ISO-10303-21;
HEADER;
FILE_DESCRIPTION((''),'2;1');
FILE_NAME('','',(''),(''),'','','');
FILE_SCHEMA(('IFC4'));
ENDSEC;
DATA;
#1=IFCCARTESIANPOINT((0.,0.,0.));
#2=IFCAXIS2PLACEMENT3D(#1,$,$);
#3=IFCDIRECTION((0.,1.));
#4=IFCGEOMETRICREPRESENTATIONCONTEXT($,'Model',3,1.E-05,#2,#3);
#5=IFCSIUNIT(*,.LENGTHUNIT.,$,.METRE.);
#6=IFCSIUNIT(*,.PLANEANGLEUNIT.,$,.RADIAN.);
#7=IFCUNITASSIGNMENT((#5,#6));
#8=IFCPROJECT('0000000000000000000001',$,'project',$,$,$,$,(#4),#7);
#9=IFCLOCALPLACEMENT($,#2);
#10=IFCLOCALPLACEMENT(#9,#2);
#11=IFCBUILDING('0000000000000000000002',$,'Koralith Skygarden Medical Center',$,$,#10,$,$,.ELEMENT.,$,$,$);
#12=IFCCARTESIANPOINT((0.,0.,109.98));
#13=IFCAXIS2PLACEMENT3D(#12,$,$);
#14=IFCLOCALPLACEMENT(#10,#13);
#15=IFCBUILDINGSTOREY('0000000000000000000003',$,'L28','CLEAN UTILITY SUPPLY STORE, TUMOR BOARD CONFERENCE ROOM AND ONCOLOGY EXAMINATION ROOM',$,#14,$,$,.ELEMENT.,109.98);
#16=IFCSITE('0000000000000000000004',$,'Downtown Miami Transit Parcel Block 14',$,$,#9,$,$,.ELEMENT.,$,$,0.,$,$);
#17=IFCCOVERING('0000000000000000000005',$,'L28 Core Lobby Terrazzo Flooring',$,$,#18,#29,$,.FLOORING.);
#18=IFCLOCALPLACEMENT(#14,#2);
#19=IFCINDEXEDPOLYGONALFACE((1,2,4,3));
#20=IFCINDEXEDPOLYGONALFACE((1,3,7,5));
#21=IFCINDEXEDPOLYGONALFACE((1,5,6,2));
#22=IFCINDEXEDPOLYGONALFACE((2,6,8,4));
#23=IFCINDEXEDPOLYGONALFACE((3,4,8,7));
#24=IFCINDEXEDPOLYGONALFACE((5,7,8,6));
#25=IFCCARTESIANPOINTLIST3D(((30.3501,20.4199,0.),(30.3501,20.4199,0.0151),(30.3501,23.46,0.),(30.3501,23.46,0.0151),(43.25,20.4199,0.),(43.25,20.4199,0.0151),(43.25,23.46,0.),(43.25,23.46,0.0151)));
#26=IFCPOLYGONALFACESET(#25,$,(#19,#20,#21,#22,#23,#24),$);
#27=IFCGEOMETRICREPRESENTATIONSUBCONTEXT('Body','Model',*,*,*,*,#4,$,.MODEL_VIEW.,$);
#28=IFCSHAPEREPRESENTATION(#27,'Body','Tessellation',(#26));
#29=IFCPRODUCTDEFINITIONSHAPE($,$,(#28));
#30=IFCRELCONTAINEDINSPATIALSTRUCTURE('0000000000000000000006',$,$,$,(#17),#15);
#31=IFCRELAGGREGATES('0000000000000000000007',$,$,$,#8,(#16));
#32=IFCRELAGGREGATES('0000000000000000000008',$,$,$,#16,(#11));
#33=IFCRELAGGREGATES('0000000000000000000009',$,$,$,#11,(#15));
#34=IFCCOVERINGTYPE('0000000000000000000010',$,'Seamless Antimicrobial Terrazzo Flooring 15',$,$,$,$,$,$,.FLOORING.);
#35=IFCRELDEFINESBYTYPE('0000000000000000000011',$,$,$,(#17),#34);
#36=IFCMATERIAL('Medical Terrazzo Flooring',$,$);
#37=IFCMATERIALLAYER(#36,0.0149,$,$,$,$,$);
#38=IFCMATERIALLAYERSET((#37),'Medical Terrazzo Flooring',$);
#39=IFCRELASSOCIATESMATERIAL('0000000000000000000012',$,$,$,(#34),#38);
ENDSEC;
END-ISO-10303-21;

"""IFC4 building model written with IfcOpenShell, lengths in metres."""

from ifc_helpers import new_model, si_unit, direction, frame, origin, place, context, subcontext, project, spatial, polyline, outline, extrude, material, layer, layer_set, type_object, element, save


model = new_model("IFC4")

# Units and contexts
model_context = context("Model", 3, precision=1e-05, world=origin(), true_north=direction((0.0, 1.0)))
body_context = subcontext(model_context, "Body", "Model", "MODEL_VIEW")
ifc_project = project(units=[si_unit("LENGTHUNIT", "METRE"), si_unit("PLANEANGLEUNIT", "RADIAN")], contexts=[model_context])

# Site, building, storey
site_placement = place(None, origin())
site = spatial("IfcSite", under=ifc_project, at=site_placement, Name="Downtown Miami Transit Parcel Block 14", CompositionType="ELEMENT", RefElevation=0.0)
building_placement = place(site_placement, origin())
building = spatial("IfcBuilding", under=site, at=building_placement, Name="Koralith Skygarden Medical Center", CompositionType="ELEMENT")
storey_placement = place(building_placement, frame((0.0, 0.0, 109.98)))
storey = spatial("IfcBuildingStorey", under=building, at=storey_placement, Name="L28", Description="CLEAN UTILITY SUPPLY STORE, TUMOR BOARD CONFERENCE ROOM AND ONCOLOGY EXAMINATION ROOM", CompositionType="ELEMENT", Elevation=109.98)

# Covering
ifc_material_1 = material(Name="Medical Terrazzo Flooring")
ifc_layer_1 = layer(ifc_material_1, 0.0149)
ifc_layer_set_1 = layer_set([ifc_layer_1], Name="Medical Terrazzo Flooring")
covering_type_1 = type_object("IfcCoveringType", Name="Seamless Antimicrobial Terrazzo Flooring 15", PredefinedType="FLOORING", material=ifc_layer_set_1)
covering_1_placement = place(storey_placement, origin())
element("IfcCovering", 1, at=covering_1_placement, inside=storey, type_object=covering_type_1, Name="L28 Core Lobby Terrazzo Flooring", PredefinedType="FLOORING", context=body_context, shape_type="SweptSolid", body=[
    extrude(outline(polyline([(30.3501, 20.4199), (43.25, 20.4199), (43.25, 23.46), (30.3501, 23.46), (30.3501, 20.4199)])), origin(), (0.0, 0.0, 1.0), 0.0151),
])

save(model, "model.ifc")
